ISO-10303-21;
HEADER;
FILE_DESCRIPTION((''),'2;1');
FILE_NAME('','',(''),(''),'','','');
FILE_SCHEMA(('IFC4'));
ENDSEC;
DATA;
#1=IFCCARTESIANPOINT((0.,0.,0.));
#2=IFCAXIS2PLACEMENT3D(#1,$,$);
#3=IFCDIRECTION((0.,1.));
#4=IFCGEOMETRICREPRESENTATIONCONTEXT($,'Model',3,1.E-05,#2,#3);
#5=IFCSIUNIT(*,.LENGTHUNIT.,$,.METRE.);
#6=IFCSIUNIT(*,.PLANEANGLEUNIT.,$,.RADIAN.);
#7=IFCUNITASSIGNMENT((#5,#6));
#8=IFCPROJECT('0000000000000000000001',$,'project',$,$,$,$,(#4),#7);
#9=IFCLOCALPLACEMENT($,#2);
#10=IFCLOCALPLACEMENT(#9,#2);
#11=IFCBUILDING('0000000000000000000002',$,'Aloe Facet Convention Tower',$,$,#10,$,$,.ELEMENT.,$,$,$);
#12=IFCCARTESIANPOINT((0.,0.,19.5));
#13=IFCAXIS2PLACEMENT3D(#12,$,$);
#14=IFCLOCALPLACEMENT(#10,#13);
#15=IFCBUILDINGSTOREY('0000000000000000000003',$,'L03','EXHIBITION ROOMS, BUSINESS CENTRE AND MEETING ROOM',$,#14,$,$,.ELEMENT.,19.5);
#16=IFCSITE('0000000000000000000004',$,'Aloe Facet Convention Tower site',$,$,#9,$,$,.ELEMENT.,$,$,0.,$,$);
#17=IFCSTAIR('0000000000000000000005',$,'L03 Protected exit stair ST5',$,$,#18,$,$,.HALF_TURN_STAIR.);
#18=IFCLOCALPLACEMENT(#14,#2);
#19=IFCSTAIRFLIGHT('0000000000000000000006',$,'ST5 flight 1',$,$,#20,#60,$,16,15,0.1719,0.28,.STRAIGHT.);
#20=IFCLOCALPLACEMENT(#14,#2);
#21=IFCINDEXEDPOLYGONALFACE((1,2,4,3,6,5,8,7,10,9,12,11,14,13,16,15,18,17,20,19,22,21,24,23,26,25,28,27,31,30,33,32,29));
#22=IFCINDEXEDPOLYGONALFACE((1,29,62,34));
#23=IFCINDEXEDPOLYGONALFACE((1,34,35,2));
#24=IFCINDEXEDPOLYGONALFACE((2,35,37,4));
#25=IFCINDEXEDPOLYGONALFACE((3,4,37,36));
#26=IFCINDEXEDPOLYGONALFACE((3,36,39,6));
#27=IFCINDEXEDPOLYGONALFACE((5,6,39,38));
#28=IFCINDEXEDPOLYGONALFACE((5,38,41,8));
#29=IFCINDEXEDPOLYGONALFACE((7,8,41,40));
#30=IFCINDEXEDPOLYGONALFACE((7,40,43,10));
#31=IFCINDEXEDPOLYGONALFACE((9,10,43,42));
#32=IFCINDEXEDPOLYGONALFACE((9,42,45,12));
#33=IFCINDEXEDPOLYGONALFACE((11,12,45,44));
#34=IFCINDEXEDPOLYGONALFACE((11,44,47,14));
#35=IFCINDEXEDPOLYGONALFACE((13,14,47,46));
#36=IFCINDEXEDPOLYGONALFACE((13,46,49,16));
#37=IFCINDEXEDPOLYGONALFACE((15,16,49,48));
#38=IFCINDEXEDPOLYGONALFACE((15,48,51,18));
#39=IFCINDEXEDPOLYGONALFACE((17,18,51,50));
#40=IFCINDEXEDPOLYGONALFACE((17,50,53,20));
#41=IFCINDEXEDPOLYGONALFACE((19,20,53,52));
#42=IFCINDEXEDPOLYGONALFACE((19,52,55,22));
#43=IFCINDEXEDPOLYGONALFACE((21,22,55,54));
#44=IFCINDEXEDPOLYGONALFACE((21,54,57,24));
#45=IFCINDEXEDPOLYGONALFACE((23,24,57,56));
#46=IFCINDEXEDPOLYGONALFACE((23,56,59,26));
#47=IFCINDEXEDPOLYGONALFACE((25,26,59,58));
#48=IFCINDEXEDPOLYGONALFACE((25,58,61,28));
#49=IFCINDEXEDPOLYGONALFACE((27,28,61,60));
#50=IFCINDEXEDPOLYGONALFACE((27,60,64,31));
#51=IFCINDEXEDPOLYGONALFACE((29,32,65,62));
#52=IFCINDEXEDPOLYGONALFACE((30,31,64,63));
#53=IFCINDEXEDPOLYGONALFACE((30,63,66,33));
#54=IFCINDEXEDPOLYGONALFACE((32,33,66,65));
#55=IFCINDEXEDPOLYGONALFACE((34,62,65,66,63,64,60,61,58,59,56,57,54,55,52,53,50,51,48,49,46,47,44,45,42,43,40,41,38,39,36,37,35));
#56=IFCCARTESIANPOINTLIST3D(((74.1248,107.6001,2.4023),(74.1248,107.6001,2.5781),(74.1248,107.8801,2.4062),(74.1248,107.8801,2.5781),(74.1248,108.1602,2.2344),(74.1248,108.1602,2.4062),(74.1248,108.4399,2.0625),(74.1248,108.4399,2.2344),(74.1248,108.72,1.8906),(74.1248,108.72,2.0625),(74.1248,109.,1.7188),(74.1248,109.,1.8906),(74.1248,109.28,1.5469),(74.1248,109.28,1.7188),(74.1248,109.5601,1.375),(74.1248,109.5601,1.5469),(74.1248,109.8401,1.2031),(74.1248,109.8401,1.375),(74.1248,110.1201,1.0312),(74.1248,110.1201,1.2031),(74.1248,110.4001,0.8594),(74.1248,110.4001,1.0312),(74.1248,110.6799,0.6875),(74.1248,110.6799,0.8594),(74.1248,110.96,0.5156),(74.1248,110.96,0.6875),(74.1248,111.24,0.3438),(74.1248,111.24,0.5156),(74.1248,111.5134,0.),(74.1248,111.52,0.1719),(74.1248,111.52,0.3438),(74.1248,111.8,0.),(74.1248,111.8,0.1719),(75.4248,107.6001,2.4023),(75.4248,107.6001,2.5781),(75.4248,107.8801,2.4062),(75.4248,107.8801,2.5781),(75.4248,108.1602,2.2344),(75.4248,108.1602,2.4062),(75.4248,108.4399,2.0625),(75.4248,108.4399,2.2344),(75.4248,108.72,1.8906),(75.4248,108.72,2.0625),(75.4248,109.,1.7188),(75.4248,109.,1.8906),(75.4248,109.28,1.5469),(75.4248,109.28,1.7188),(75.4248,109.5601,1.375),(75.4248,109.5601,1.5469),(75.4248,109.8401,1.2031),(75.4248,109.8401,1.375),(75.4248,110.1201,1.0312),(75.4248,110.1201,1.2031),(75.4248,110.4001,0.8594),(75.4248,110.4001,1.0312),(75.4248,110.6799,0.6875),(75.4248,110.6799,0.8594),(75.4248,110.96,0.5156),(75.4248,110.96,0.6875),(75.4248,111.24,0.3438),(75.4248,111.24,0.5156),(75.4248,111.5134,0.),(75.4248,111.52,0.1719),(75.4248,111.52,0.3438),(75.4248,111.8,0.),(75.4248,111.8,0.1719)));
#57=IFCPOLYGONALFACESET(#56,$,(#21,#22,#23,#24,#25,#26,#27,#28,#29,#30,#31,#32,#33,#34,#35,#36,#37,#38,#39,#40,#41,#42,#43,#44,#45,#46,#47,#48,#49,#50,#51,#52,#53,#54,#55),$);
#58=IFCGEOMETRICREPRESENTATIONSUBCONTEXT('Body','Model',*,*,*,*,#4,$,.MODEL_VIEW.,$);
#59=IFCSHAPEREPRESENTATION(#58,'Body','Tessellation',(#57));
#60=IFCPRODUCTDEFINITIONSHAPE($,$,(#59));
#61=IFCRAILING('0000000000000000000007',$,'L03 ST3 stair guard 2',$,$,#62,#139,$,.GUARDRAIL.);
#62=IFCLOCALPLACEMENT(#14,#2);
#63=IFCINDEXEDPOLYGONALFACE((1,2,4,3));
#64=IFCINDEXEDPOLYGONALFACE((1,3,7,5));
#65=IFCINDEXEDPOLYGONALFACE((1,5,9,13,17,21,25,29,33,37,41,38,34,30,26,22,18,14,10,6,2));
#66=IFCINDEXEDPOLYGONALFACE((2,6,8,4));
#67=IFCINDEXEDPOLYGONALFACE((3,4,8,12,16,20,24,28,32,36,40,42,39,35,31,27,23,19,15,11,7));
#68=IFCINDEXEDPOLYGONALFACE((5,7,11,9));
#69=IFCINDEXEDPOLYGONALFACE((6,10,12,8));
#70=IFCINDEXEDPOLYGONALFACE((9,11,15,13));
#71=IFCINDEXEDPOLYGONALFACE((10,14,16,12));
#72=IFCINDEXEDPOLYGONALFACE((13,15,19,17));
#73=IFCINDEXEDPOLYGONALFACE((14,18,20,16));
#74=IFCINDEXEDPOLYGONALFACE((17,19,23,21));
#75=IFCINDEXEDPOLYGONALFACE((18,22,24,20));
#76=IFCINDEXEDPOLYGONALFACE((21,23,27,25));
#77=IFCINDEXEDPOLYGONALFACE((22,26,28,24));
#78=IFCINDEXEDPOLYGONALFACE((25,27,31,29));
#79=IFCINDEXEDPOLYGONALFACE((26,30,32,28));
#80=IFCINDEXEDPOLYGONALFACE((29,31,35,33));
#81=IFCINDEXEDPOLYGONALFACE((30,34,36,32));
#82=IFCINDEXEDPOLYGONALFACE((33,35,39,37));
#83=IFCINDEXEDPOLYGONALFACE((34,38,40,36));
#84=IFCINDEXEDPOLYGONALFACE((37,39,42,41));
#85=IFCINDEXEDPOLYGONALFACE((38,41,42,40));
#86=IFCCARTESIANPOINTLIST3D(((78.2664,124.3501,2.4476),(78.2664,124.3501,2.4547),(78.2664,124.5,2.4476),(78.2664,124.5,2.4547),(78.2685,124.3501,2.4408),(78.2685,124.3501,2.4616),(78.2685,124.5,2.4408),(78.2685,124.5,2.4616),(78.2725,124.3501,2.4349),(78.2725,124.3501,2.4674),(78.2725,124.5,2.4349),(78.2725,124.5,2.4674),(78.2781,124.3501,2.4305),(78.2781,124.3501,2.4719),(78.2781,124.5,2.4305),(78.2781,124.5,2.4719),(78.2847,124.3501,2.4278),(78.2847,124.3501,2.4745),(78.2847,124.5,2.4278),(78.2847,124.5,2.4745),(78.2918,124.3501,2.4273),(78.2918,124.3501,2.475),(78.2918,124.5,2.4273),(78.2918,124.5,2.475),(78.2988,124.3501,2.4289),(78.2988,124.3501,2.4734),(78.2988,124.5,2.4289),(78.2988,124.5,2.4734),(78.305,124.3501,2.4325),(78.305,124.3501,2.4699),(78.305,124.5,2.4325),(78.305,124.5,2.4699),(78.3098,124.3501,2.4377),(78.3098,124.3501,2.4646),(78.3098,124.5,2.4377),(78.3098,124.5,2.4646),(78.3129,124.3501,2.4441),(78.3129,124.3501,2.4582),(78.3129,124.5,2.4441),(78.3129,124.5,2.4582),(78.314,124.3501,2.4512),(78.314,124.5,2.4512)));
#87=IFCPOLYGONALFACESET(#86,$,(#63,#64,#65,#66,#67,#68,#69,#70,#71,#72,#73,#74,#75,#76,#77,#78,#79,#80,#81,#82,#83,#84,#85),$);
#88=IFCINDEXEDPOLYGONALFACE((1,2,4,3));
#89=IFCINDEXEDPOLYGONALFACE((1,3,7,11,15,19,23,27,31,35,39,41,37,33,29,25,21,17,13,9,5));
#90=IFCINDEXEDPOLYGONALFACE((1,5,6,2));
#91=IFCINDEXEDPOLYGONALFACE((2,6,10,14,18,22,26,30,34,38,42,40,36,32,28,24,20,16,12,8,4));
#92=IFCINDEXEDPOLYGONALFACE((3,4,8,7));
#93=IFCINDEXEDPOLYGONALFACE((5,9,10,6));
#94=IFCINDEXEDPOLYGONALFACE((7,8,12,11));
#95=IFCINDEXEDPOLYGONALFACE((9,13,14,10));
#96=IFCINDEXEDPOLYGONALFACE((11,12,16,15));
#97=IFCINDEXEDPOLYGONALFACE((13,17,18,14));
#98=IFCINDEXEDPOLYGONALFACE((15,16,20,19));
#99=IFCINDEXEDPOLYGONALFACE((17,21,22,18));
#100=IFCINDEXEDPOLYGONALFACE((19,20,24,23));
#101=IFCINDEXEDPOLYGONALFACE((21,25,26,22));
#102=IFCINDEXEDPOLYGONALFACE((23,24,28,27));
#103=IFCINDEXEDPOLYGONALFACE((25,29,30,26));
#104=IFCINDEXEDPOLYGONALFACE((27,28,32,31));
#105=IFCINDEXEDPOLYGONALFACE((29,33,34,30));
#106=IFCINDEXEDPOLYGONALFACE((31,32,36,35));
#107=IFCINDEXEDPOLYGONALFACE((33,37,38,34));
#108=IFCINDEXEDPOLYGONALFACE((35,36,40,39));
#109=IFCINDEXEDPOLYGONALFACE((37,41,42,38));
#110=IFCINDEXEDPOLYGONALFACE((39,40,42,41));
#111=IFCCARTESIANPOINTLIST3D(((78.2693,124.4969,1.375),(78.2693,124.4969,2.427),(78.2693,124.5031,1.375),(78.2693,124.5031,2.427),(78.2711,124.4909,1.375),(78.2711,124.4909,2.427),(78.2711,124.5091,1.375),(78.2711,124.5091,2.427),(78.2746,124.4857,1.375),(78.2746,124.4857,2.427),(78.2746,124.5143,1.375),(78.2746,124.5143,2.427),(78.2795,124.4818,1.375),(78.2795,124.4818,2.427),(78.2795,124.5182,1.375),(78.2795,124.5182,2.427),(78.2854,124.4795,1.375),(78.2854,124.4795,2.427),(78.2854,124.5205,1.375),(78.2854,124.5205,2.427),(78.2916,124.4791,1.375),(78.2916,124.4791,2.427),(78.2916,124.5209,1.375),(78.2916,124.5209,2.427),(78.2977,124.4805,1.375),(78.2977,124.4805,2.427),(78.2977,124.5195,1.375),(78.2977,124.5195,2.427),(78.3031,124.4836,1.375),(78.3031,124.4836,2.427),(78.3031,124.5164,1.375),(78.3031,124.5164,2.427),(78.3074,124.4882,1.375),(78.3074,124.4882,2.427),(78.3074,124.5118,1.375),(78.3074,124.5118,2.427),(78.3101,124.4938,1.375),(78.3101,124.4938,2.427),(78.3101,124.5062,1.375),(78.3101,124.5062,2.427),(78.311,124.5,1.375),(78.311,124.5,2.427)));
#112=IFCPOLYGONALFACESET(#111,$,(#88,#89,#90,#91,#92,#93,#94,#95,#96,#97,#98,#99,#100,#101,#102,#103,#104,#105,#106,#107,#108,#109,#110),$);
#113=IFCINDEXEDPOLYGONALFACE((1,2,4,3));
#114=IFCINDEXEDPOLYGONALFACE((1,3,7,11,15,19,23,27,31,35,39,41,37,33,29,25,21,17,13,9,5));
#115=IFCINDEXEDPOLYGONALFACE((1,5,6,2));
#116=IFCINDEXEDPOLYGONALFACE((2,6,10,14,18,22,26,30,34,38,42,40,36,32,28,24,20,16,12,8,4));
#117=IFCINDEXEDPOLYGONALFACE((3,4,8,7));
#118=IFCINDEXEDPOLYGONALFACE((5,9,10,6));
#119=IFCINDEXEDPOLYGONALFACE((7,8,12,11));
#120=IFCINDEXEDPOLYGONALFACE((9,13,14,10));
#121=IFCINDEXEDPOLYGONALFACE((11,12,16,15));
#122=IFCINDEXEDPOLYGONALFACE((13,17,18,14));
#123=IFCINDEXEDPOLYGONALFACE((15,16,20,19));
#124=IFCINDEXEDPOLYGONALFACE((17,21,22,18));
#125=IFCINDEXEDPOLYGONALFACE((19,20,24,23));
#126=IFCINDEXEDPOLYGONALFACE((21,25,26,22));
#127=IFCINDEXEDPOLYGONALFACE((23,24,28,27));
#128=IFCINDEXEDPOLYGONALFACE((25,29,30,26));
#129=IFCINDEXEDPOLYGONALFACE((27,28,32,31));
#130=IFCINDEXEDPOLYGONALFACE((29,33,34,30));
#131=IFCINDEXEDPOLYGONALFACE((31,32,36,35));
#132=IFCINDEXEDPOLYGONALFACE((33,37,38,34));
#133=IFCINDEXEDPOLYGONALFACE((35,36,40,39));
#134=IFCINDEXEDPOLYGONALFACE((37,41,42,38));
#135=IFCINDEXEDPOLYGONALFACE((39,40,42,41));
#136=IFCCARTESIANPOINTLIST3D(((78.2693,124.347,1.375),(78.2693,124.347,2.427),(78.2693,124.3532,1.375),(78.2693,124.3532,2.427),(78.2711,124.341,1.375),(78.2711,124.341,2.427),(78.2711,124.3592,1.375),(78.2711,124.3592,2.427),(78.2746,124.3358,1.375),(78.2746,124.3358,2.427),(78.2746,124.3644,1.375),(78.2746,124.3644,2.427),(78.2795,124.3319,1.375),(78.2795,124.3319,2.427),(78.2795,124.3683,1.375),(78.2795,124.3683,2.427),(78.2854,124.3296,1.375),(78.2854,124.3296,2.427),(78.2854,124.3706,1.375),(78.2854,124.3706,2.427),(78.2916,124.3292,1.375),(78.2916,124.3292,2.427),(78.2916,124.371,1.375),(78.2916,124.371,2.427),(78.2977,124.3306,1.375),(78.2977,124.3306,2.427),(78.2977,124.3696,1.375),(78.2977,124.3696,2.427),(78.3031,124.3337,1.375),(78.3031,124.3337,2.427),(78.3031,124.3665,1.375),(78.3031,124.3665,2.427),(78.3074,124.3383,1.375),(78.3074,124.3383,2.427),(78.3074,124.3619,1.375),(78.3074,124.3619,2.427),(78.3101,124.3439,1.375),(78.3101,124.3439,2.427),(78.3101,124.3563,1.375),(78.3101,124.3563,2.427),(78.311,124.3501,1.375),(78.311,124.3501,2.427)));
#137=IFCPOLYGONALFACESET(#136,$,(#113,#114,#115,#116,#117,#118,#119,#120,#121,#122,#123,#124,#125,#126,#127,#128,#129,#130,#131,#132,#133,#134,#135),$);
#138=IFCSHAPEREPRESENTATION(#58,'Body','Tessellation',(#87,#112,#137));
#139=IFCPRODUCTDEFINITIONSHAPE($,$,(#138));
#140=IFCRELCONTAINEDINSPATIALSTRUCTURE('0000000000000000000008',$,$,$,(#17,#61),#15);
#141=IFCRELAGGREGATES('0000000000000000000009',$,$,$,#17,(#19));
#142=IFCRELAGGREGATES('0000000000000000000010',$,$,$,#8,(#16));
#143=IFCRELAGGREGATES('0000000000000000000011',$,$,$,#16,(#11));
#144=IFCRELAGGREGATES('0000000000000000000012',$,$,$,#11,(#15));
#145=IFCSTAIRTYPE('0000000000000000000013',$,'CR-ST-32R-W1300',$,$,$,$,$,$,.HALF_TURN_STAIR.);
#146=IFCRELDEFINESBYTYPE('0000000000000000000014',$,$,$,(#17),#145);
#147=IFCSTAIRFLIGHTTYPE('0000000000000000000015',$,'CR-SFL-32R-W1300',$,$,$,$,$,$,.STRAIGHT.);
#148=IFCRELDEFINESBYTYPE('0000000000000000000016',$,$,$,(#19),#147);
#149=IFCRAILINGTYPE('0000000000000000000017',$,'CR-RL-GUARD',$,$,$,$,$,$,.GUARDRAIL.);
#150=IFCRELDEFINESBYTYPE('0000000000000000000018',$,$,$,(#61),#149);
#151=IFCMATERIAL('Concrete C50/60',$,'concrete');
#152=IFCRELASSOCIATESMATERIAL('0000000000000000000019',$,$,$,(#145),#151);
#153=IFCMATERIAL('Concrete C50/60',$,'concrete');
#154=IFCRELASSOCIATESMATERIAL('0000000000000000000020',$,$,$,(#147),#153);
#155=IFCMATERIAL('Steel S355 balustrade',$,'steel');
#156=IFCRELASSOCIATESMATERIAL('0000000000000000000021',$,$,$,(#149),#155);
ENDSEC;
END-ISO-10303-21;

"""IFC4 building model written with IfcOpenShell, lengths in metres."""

from ifc_helpers import new_model, si_unit, direction, frame, origin, origin_2d, place, context, subcontext, project, spatial, polyline, circle, outline, extrude, material, type_object, element, aggregate, save


model = new_model("IFC4")

# Units and contexts
model_context = context("Model", 3, precision=1e-05, world=origin(), true_north=direction((0.0, 1.0)))
body_context = subcontext(model_context, "Body", "Model", "MODEL_VIEW")
ifc_project = project(units=[si_unit("LENGTHUNIT", "METRE"), si_unit("PLANEANGLEUNIT", "RADIAN")], contexts=[model_context])

# Site, building, storey
site_placement = place(None, origin())
site = spatial("IfcSite", under=ifc_project, at=site_placement, Name="Aloe Facet Convention Tower site", CompositionType="ELEMENT", RefElevation=0.0)
building_placement = place(site_placement, origin())
building = spatial("IfcBuilding", under=site, at=building_placement, Name="Aloe Facet Convention Tower", CompositionType="ELEMENT")
storey_placement = place(building_placement, frame((0.0, 0.0, 19.5)))
storey = spatial("IfcBuildingStorey", under=building, at=storey_placement, Name="L03", Description="EXHIBITION ROOMS, BUSINESS CENTRE AND MEETING ROOM", CompositionType="ELEMENT", Elevation=19.5)

# Stair, stair flight
ifc_material_1 = material(Name="Concrete C50/60", Category="concrete")
stair_type_1 = type_object("IfcStairType", Name="CR-ST-32R-W1300", PredefinedType="HALF_TURN_STAIR", material=ifc_material_1)
stair_1_placement = place(storey_placement, origin())
stair_1 = element("IfcStair", 1, at=stair_1_placement, inside=storey, type_object=stair_type_1, Name="L03 Protected exit stair ST5", PredefinedType="HALF_TURN_STAIR")
ifc_material_2 = material(Name="Concrete C50/60", Category="concrete")
stair_flight_type_1 = type_object("IfcStairFlightType", Name="CR-SFL-32R-W1300", PredefinedType="STRAIGHT", material=ifc_material_2)
stair_flight_1_placement = place(storey_placement, frame((74.7749, 111.8, 0.0), z_axis=(0.0, 0.0, 1.0), x_axis=(0.0, -1.0, 0.0)))
stair_flight_1 = element("IfcStairFlight", 2, at=stair_flight_1_placement, type_object=stair_flight_type_1, Name="ST5 flight 1", NumberOfRisers=16, NumberOfTreads=15, PredefinedType="STRAIGHT", RiserHeight=0.1719, TreadLength=0.28, context=body_context, shape_type="SweptSolid", body=[
    extrude(outline(polyline([(0.0, 0.0), (0.0, 0.1719), (0.28, 0.1719), (0.28, 0.3438), (0.5601, 0.3438), (0.5601, 0.5156), (0.8401, 0.5156), (0.8401, 0.6875), (1.1201, 0.6875), (1.1201, 0.8594), (1.3999, 0.8594), (1.3999, 1.0312), (1.6799, 1.0312), (1.6799, 1.2031), (1.96, 1.2031), (1.96, 1.375), (2.24, 1.375), (2.24, 1.5469), (2.52, 1.5469), (2.52, 1.7188), (2.8, 1.7188), (2.8, 1.8906), (3.0801, 1.8906), (3.0801, 2.0625), (3.3601, 2.0625), (3.3601, 2.2344), (3.6399, 2.2344), (3.6399, 2.4062), (3.9199, 2.4062), (3.9199, 2.5781), (4.2, 2.5781), (4.2, 2.75), (4.2, 2.4023), (0.2866, 0.0), (0.0, 0.0)])), frame((0.0, 0.6499, 0.0), z_axis=(0.0, -1.0, 0.0), x_axis=(1.0, 0.0, 0.0)), (0.0, 0.0, 1.0), 1.3),
])
aggregate(stair_1, [stair_flight_1])

# Railing
ifc_material_3 = material(Name="Steel S355 balustrade", Category="steel")
railing_type_1 = type_object("IfcRailingType", Name="CR-RL-GUARD", PredefinedType="GUARDRAIL", material=ifc_material_3)
railing_1_placement = place(storey_placement, frame((78.29, 124.5, 1.375)))
element("IfcRailing", 3, at=railing_1_placement, inside=storey, type_object=railing_type_1, Name="L03 ST3 stair guard 2", PredefinedType="GUARDRAIL", context=body_context, shape_type="SweptSolid", body=[
    extrude(circle(Radius=0.0239, at=origin_2d()), frame((0.0, 0.0, 1.0762), z_axis=(0.0, -1.0, 0.0), x_axis=(1.0, 0.0, 0.0)), (0.0, 0.0, 1.0), 0.1499),
    extrude(circle(Radius=0.021, at=origin_2d()), origin(), (0.0, 0.0, 1.0), 1.052),
    extrude(circle(Radius=0.021, at=origin_2d()), frame((0.0, -0.1499, 0.0)), (0.0, 0.0, 1.0), 1.052),
])

save(model, "model.ifc")
